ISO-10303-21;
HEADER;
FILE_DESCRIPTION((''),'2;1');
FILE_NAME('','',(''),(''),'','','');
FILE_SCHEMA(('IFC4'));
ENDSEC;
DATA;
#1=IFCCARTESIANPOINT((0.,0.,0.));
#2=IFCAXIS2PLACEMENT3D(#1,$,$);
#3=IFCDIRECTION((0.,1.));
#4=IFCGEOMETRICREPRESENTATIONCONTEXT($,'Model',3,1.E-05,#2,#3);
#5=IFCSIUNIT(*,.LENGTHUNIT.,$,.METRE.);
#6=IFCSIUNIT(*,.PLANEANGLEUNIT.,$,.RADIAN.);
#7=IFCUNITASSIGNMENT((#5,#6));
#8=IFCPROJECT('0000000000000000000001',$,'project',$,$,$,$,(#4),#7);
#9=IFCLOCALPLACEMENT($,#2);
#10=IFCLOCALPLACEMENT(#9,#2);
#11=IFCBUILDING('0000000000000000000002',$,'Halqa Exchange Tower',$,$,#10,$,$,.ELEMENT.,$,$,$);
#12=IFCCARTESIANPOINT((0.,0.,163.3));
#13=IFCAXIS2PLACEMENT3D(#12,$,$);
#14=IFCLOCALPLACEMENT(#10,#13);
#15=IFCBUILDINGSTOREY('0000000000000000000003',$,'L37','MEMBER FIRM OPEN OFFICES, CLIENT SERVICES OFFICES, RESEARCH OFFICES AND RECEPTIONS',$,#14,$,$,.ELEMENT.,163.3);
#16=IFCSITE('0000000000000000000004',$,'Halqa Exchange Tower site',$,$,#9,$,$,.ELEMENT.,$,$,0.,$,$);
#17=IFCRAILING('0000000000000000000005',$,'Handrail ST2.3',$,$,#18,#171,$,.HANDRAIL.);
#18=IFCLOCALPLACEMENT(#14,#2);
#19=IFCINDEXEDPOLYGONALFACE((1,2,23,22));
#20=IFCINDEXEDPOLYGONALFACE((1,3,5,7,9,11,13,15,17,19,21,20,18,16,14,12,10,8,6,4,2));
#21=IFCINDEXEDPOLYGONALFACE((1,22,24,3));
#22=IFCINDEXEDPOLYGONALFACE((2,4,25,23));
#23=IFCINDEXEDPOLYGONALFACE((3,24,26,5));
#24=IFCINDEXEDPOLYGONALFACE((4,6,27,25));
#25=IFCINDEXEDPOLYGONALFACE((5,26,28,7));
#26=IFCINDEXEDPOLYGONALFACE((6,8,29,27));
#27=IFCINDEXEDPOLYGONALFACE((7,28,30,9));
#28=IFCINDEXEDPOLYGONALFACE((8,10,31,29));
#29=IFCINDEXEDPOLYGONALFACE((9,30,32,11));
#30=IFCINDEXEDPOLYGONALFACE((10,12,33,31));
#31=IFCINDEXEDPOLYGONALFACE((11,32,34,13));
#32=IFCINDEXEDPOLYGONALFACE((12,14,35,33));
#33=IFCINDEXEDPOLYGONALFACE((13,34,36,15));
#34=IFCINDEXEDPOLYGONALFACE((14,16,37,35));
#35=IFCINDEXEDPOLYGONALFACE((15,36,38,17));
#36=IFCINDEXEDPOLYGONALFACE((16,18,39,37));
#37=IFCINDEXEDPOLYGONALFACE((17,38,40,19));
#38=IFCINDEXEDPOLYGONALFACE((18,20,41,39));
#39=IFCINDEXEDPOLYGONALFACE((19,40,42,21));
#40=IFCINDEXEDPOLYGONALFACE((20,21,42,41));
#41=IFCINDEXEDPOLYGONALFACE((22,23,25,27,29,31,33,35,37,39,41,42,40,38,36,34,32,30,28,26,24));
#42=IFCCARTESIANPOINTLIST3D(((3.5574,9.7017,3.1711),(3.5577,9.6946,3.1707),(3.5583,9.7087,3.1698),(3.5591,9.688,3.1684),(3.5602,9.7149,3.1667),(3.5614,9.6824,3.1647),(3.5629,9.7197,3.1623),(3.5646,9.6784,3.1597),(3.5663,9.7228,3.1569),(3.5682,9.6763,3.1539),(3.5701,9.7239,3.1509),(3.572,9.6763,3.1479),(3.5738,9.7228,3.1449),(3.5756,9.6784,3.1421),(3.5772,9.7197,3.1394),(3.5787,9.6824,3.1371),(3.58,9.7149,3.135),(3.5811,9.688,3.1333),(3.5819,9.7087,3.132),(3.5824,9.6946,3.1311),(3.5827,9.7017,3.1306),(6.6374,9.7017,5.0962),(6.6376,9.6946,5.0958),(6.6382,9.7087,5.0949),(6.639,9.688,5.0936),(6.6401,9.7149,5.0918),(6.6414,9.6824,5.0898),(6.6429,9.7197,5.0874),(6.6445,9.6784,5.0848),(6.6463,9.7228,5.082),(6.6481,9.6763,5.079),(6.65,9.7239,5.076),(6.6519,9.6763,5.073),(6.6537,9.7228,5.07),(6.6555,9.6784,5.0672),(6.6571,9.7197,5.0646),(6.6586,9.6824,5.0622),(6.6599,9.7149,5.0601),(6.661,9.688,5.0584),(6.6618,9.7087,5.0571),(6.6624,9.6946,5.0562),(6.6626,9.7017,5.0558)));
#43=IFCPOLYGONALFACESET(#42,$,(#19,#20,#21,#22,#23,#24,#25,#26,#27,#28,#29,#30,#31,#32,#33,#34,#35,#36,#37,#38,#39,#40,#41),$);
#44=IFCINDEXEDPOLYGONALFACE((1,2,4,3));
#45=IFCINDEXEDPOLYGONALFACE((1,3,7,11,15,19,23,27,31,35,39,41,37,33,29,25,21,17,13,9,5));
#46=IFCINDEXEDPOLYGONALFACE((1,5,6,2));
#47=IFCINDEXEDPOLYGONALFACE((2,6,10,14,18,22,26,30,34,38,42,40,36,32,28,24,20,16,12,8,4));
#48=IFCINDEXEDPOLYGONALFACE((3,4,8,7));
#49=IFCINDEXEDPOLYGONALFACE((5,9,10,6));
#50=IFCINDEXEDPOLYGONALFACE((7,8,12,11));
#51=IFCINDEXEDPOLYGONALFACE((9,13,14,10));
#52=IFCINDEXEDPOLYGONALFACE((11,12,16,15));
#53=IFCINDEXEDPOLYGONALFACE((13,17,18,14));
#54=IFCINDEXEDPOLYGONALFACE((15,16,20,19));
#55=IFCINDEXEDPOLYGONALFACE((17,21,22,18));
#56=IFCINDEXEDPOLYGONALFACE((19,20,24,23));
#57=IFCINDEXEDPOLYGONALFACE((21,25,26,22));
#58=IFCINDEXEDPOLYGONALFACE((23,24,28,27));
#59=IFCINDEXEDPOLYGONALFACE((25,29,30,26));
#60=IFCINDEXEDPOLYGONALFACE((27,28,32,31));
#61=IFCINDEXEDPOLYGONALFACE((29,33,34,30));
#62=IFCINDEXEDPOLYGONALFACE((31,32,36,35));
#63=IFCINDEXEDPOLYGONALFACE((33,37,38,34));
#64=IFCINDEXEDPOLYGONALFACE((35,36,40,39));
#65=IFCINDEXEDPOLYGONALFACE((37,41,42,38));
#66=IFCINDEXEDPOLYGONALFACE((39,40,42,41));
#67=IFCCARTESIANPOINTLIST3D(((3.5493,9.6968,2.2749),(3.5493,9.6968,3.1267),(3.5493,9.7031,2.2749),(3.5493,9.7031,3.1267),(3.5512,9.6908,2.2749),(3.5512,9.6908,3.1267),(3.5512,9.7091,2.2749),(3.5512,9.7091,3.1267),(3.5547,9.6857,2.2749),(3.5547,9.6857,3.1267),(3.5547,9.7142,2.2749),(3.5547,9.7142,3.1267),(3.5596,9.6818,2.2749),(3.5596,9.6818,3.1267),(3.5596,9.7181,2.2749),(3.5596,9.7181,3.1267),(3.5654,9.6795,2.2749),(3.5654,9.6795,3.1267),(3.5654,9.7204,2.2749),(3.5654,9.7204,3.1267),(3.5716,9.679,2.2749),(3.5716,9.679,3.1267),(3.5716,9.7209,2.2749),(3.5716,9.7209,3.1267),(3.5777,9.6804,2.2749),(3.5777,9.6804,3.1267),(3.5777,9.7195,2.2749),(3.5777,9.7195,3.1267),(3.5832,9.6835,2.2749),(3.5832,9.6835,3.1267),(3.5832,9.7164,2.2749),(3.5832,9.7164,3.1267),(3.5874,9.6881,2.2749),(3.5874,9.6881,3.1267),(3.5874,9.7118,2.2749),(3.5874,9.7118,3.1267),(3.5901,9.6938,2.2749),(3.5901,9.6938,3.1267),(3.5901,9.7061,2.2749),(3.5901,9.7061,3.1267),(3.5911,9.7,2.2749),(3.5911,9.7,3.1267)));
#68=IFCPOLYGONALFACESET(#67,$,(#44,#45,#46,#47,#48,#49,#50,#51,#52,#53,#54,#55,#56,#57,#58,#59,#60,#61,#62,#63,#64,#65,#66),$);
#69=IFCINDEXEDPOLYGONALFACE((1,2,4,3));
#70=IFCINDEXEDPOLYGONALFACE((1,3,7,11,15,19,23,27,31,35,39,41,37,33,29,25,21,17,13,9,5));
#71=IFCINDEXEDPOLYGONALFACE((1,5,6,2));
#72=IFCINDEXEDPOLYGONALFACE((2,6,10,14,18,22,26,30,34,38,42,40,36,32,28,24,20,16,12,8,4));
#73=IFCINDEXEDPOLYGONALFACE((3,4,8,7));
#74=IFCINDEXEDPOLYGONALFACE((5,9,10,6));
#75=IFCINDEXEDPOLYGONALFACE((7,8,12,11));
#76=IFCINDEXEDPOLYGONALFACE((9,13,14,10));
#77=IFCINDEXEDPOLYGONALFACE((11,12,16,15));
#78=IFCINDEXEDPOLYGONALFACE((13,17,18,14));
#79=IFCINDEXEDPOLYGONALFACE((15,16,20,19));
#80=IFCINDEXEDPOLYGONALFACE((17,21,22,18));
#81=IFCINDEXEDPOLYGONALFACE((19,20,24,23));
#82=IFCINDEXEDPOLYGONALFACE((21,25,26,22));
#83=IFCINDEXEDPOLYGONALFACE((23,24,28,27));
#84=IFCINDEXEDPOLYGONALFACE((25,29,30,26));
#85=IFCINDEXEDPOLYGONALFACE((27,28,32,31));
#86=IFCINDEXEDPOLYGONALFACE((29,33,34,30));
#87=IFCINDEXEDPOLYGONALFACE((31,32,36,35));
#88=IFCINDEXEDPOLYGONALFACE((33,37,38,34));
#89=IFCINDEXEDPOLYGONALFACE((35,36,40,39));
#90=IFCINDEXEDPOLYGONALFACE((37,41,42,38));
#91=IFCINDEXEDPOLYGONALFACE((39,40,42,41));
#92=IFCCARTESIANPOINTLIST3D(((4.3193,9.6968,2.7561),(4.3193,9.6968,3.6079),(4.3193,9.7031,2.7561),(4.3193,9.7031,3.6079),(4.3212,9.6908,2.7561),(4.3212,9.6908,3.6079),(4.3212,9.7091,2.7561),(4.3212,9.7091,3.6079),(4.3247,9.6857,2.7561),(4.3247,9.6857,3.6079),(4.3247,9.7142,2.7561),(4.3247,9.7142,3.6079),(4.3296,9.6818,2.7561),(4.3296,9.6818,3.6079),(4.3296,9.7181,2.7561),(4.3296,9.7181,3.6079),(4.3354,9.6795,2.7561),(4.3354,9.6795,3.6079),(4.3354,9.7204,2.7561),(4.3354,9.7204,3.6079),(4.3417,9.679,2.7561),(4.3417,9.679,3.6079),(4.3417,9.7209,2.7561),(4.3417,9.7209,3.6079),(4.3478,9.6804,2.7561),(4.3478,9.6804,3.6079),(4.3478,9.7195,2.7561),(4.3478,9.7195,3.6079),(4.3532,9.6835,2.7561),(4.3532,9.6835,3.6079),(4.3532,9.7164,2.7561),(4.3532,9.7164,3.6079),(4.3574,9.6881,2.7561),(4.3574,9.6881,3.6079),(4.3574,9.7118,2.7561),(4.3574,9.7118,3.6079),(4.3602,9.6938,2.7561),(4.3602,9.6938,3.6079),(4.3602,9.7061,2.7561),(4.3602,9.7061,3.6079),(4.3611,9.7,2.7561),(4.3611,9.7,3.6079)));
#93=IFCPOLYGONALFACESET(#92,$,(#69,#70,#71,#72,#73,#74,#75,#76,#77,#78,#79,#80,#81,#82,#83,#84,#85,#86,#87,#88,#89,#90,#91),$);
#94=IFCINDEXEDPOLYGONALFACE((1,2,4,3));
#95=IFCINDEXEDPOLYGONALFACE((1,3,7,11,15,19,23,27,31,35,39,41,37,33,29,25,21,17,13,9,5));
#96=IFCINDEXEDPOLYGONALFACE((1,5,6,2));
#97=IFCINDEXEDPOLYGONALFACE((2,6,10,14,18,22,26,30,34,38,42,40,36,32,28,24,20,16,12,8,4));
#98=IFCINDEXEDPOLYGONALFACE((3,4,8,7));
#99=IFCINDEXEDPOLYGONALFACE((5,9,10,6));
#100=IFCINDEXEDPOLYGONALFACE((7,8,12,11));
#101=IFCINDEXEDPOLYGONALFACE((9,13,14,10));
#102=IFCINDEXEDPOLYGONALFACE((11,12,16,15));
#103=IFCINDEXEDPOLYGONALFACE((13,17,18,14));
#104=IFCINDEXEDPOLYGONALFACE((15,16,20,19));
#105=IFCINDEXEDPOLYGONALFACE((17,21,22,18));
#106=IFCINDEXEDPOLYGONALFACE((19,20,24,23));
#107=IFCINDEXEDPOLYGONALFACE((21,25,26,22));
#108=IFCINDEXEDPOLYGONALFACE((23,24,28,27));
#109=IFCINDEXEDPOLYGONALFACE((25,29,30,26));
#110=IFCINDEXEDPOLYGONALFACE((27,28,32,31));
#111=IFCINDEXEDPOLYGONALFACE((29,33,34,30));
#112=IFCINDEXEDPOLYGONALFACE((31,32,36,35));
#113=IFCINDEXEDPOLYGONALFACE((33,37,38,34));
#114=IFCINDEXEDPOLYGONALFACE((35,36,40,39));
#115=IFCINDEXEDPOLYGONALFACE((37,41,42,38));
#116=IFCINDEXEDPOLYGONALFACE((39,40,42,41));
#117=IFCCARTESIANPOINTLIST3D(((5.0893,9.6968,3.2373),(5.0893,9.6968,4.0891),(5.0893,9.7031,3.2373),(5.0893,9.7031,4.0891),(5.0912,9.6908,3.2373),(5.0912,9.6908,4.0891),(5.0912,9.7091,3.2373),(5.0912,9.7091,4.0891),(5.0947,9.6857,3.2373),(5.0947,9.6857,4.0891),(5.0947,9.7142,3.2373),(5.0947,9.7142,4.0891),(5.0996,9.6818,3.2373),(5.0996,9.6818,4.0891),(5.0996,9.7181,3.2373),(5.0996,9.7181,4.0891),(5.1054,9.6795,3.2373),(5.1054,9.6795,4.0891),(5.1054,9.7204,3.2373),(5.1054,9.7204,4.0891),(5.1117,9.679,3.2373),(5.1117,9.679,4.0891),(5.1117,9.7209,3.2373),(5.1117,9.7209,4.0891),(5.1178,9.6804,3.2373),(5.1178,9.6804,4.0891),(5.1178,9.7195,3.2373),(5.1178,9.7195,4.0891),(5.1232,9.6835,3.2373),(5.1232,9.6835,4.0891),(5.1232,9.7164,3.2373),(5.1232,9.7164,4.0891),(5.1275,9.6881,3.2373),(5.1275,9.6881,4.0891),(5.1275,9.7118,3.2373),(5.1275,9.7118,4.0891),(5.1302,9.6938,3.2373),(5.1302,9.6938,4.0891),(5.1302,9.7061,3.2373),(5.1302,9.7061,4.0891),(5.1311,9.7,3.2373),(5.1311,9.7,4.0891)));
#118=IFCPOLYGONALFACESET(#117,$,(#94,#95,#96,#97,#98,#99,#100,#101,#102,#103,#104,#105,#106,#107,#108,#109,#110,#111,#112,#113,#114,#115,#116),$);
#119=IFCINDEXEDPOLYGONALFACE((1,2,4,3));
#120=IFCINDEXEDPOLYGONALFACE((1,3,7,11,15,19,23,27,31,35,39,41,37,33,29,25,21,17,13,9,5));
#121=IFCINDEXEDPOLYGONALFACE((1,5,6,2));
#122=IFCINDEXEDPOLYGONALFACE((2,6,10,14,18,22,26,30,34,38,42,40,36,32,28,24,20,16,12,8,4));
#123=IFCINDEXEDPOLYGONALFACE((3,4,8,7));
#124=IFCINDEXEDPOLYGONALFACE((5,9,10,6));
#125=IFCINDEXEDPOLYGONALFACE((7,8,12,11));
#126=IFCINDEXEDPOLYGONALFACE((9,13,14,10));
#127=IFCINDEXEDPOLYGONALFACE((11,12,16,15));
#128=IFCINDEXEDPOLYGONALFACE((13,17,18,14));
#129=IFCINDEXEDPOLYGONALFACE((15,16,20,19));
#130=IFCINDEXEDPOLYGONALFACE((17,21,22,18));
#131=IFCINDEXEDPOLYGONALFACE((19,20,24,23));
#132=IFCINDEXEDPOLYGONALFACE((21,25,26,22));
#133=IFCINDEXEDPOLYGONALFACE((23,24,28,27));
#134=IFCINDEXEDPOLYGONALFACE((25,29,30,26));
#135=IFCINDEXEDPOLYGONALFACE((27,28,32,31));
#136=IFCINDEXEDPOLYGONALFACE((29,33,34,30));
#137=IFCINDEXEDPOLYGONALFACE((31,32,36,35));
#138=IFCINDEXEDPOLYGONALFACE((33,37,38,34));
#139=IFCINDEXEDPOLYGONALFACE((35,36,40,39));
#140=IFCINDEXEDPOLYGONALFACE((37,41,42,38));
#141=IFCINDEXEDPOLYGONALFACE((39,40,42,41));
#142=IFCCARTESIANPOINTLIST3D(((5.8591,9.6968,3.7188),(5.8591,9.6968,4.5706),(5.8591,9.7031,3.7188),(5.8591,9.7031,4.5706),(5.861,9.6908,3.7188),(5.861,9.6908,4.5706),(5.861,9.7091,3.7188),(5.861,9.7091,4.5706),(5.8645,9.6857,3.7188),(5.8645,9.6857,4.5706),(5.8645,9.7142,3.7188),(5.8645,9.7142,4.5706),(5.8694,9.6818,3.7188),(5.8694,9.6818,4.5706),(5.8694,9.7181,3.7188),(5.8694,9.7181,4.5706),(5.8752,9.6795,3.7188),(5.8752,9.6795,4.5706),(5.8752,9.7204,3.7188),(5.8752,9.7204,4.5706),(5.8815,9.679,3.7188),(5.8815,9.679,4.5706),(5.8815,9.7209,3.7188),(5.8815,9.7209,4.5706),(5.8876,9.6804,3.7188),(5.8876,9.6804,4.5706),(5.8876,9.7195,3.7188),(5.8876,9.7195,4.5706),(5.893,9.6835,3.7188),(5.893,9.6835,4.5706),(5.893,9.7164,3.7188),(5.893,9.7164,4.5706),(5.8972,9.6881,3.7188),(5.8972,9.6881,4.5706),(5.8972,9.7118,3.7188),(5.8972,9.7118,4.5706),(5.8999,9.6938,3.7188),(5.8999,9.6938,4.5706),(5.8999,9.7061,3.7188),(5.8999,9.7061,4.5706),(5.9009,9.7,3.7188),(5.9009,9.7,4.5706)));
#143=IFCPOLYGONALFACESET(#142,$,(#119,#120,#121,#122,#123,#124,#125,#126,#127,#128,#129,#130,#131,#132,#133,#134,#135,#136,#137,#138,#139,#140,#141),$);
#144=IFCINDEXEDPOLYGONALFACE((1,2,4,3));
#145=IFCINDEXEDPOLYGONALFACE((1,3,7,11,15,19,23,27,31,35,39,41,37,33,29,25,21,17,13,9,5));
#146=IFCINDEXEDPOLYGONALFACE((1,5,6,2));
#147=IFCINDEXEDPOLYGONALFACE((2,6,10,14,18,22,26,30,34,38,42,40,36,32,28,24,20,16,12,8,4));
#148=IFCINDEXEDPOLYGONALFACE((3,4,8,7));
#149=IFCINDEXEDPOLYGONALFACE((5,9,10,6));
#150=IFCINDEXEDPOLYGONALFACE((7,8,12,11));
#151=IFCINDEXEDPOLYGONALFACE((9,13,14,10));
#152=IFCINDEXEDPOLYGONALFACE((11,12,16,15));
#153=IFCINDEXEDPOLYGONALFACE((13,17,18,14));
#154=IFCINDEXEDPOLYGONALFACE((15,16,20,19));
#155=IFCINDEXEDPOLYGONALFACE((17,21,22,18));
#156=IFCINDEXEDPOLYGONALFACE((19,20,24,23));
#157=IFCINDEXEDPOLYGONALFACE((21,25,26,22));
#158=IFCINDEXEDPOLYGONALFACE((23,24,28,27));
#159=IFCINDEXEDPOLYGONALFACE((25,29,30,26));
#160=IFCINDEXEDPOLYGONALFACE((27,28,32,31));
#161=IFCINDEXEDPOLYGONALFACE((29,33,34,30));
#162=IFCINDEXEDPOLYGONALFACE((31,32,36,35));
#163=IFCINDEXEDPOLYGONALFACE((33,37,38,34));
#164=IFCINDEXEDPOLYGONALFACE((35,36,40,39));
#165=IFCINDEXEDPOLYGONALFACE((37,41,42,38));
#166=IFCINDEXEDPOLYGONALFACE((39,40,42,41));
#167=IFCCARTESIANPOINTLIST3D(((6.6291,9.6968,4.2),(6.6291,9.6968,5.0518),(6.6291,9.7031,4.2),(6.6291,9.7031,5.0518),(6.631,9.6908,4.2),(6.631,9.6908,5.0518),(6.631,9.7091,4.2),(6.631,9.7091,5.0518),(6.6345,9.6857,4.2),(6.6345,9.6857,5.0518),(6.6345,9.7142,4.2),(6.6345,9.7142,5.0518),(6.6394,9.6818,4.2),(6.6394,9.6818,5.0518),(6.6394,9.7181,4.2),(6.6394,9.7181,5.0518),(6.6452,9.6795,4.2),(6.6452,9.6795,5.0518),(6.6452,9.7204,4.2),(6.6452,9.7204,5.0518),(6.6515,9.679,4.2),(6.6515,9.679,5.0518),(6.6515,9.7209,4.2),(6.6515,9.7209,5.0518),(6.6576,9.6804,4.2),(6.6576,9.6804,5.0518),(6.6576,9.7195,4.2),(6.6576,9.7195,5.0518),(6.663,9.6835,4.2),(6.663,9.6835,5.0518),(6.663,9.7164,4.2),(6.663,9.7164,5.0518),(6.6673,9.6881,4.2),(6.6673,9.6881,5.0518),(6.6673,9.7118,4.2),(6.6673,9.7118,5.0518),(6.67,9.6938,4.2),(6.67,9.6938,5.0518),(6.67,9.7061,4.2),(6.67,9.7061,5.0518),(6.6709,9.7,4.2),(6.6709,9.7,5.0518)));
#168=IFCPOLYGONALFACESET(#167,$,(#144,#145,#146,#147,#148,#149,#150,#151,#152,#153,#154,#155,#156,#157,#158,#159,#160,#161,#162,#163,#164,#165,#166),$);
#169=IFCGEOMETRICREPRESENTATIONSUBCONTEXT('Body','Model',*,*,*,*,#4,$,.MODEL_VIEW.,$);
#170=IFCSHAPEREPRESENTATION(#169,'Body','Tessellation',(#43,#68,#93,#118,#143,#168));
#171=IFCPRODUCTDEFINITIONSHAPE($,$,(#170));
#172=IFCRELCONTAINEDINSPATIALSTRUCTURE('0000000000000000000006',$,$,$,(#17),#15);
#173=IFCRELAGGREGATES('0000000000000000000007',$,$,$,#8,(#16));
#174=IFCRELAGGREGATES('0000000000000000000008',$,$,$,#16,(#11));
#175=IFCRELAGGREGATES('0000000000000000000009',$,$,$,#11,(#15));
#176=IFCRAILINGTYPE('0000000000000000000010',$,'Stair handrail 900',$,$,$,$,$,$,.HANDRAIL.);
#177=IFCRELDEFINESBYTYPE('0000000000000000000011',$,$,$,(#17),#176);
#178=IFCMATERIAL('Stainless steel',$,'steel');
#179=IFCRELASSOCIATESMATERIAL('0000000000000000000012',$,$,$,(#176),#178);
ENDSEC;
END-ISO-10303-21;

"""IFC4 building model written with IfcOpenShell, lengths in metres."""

from ifc_helpers import new_model, si_unit, direction, frame, origin, origin_2d, place, context, subcontext, project, spatial, circle, extrude, material, type_object, element, save


model = new_model("IFC4")

# Units and contexts
model_context = context("Model", 3, precision=1e-05, world=origin(), true_north=direction((0.0, 1.0)))
body_context = subcontext(model_context, "Body", "Model", "MODEL_VIEW")
ifc_project = project(units=[si_unit("LENGTHUNIT", "METRE"), si_unit("PLANEANGLEUNIT", "RADIAN")], contexts=[model_context])

# Site, building, storey
site_placement = place(None, origin())
site = spatial("IfcSite", under=ifc_project, at=site_placement, Name="Halqa Exchange Tower site", CompositionType="ELEMENT", RefElevation=0.0)
building_placement = place(site_placement, origin())
building = spatial("IfcBuilding", under=site, at=building_placement, Name="Halqa Exchange Tower", CompositionType="ELEMENT")
storey_placement = place(building_placement, frame((0.0, 0.0, 163.3)))
storey = spatial("IfcBuildingStorey", under=building, at=storey_placement, Name="L37", Description="MEMBER FIRM OPEN OFFICES, CLIENT SERVICES OFFICES, RESEARCH OFFICES AND RECEPTIONS", CompositionType="ELEMENT", Elevation=163.3)

# Railing
ifc_material_1 = material(Name="Stainless steel", Category="steel")
railing_type_1 = type_object("IfcRailingType", Name="Stair handrail 900", PredefinedType="HANDRAIL", material=ifc_material_1)
railing_1_placement = place(storey_placement, frame((3.5701, 9.7, 2.2749)))
element("IfcRailing", 1, at=railing_1_placement, inside=storey, type_object=railing_type_1, Name="Handrail ST2.3", PredefinedType="HANDRAIL", context=body_context, shape_type="SweptSolid", body=[
    extrude(circle(Radius=0.0239, at=origin_2d()), frame((0.0, 0.0, 0.876), z_axis=(0.847979, 0.0, 0.530029), x_axis=(0.0, 1.0, 0.0)), (0.0, 0.0, 1.0), 3.6321),
    extrude(circle(Radius=0.021, at=origin_2d()), origin(), (0.0, 0.0, 1.0), 0.8518),
    extrude(circle(Radius=0.021, at=origin_2d()), frame((0.77, 0.0, 0.4812)), (0.0, 0.0, 1.0), 0.8518),
    extrude(circle(Radius=0.021, at=origin_2d()), frame((1.54, 0.0, 0.9624)), (0.0, 0.0, 1.0), 0.8518),
    extrude(circle(Radius=0.021, at=origin_2d()), frame((2.3098, 0.0, 1.4438)), (0.0, 0.0, 1.0), 0.8518),
    extrude(circle(Radius=0.021, at=origin_2d()), frame((3.0798, 0.0, 1.925)), (0.0, 0.0, 1.0), 0.8518),
])

save(model, "model.ifc")
